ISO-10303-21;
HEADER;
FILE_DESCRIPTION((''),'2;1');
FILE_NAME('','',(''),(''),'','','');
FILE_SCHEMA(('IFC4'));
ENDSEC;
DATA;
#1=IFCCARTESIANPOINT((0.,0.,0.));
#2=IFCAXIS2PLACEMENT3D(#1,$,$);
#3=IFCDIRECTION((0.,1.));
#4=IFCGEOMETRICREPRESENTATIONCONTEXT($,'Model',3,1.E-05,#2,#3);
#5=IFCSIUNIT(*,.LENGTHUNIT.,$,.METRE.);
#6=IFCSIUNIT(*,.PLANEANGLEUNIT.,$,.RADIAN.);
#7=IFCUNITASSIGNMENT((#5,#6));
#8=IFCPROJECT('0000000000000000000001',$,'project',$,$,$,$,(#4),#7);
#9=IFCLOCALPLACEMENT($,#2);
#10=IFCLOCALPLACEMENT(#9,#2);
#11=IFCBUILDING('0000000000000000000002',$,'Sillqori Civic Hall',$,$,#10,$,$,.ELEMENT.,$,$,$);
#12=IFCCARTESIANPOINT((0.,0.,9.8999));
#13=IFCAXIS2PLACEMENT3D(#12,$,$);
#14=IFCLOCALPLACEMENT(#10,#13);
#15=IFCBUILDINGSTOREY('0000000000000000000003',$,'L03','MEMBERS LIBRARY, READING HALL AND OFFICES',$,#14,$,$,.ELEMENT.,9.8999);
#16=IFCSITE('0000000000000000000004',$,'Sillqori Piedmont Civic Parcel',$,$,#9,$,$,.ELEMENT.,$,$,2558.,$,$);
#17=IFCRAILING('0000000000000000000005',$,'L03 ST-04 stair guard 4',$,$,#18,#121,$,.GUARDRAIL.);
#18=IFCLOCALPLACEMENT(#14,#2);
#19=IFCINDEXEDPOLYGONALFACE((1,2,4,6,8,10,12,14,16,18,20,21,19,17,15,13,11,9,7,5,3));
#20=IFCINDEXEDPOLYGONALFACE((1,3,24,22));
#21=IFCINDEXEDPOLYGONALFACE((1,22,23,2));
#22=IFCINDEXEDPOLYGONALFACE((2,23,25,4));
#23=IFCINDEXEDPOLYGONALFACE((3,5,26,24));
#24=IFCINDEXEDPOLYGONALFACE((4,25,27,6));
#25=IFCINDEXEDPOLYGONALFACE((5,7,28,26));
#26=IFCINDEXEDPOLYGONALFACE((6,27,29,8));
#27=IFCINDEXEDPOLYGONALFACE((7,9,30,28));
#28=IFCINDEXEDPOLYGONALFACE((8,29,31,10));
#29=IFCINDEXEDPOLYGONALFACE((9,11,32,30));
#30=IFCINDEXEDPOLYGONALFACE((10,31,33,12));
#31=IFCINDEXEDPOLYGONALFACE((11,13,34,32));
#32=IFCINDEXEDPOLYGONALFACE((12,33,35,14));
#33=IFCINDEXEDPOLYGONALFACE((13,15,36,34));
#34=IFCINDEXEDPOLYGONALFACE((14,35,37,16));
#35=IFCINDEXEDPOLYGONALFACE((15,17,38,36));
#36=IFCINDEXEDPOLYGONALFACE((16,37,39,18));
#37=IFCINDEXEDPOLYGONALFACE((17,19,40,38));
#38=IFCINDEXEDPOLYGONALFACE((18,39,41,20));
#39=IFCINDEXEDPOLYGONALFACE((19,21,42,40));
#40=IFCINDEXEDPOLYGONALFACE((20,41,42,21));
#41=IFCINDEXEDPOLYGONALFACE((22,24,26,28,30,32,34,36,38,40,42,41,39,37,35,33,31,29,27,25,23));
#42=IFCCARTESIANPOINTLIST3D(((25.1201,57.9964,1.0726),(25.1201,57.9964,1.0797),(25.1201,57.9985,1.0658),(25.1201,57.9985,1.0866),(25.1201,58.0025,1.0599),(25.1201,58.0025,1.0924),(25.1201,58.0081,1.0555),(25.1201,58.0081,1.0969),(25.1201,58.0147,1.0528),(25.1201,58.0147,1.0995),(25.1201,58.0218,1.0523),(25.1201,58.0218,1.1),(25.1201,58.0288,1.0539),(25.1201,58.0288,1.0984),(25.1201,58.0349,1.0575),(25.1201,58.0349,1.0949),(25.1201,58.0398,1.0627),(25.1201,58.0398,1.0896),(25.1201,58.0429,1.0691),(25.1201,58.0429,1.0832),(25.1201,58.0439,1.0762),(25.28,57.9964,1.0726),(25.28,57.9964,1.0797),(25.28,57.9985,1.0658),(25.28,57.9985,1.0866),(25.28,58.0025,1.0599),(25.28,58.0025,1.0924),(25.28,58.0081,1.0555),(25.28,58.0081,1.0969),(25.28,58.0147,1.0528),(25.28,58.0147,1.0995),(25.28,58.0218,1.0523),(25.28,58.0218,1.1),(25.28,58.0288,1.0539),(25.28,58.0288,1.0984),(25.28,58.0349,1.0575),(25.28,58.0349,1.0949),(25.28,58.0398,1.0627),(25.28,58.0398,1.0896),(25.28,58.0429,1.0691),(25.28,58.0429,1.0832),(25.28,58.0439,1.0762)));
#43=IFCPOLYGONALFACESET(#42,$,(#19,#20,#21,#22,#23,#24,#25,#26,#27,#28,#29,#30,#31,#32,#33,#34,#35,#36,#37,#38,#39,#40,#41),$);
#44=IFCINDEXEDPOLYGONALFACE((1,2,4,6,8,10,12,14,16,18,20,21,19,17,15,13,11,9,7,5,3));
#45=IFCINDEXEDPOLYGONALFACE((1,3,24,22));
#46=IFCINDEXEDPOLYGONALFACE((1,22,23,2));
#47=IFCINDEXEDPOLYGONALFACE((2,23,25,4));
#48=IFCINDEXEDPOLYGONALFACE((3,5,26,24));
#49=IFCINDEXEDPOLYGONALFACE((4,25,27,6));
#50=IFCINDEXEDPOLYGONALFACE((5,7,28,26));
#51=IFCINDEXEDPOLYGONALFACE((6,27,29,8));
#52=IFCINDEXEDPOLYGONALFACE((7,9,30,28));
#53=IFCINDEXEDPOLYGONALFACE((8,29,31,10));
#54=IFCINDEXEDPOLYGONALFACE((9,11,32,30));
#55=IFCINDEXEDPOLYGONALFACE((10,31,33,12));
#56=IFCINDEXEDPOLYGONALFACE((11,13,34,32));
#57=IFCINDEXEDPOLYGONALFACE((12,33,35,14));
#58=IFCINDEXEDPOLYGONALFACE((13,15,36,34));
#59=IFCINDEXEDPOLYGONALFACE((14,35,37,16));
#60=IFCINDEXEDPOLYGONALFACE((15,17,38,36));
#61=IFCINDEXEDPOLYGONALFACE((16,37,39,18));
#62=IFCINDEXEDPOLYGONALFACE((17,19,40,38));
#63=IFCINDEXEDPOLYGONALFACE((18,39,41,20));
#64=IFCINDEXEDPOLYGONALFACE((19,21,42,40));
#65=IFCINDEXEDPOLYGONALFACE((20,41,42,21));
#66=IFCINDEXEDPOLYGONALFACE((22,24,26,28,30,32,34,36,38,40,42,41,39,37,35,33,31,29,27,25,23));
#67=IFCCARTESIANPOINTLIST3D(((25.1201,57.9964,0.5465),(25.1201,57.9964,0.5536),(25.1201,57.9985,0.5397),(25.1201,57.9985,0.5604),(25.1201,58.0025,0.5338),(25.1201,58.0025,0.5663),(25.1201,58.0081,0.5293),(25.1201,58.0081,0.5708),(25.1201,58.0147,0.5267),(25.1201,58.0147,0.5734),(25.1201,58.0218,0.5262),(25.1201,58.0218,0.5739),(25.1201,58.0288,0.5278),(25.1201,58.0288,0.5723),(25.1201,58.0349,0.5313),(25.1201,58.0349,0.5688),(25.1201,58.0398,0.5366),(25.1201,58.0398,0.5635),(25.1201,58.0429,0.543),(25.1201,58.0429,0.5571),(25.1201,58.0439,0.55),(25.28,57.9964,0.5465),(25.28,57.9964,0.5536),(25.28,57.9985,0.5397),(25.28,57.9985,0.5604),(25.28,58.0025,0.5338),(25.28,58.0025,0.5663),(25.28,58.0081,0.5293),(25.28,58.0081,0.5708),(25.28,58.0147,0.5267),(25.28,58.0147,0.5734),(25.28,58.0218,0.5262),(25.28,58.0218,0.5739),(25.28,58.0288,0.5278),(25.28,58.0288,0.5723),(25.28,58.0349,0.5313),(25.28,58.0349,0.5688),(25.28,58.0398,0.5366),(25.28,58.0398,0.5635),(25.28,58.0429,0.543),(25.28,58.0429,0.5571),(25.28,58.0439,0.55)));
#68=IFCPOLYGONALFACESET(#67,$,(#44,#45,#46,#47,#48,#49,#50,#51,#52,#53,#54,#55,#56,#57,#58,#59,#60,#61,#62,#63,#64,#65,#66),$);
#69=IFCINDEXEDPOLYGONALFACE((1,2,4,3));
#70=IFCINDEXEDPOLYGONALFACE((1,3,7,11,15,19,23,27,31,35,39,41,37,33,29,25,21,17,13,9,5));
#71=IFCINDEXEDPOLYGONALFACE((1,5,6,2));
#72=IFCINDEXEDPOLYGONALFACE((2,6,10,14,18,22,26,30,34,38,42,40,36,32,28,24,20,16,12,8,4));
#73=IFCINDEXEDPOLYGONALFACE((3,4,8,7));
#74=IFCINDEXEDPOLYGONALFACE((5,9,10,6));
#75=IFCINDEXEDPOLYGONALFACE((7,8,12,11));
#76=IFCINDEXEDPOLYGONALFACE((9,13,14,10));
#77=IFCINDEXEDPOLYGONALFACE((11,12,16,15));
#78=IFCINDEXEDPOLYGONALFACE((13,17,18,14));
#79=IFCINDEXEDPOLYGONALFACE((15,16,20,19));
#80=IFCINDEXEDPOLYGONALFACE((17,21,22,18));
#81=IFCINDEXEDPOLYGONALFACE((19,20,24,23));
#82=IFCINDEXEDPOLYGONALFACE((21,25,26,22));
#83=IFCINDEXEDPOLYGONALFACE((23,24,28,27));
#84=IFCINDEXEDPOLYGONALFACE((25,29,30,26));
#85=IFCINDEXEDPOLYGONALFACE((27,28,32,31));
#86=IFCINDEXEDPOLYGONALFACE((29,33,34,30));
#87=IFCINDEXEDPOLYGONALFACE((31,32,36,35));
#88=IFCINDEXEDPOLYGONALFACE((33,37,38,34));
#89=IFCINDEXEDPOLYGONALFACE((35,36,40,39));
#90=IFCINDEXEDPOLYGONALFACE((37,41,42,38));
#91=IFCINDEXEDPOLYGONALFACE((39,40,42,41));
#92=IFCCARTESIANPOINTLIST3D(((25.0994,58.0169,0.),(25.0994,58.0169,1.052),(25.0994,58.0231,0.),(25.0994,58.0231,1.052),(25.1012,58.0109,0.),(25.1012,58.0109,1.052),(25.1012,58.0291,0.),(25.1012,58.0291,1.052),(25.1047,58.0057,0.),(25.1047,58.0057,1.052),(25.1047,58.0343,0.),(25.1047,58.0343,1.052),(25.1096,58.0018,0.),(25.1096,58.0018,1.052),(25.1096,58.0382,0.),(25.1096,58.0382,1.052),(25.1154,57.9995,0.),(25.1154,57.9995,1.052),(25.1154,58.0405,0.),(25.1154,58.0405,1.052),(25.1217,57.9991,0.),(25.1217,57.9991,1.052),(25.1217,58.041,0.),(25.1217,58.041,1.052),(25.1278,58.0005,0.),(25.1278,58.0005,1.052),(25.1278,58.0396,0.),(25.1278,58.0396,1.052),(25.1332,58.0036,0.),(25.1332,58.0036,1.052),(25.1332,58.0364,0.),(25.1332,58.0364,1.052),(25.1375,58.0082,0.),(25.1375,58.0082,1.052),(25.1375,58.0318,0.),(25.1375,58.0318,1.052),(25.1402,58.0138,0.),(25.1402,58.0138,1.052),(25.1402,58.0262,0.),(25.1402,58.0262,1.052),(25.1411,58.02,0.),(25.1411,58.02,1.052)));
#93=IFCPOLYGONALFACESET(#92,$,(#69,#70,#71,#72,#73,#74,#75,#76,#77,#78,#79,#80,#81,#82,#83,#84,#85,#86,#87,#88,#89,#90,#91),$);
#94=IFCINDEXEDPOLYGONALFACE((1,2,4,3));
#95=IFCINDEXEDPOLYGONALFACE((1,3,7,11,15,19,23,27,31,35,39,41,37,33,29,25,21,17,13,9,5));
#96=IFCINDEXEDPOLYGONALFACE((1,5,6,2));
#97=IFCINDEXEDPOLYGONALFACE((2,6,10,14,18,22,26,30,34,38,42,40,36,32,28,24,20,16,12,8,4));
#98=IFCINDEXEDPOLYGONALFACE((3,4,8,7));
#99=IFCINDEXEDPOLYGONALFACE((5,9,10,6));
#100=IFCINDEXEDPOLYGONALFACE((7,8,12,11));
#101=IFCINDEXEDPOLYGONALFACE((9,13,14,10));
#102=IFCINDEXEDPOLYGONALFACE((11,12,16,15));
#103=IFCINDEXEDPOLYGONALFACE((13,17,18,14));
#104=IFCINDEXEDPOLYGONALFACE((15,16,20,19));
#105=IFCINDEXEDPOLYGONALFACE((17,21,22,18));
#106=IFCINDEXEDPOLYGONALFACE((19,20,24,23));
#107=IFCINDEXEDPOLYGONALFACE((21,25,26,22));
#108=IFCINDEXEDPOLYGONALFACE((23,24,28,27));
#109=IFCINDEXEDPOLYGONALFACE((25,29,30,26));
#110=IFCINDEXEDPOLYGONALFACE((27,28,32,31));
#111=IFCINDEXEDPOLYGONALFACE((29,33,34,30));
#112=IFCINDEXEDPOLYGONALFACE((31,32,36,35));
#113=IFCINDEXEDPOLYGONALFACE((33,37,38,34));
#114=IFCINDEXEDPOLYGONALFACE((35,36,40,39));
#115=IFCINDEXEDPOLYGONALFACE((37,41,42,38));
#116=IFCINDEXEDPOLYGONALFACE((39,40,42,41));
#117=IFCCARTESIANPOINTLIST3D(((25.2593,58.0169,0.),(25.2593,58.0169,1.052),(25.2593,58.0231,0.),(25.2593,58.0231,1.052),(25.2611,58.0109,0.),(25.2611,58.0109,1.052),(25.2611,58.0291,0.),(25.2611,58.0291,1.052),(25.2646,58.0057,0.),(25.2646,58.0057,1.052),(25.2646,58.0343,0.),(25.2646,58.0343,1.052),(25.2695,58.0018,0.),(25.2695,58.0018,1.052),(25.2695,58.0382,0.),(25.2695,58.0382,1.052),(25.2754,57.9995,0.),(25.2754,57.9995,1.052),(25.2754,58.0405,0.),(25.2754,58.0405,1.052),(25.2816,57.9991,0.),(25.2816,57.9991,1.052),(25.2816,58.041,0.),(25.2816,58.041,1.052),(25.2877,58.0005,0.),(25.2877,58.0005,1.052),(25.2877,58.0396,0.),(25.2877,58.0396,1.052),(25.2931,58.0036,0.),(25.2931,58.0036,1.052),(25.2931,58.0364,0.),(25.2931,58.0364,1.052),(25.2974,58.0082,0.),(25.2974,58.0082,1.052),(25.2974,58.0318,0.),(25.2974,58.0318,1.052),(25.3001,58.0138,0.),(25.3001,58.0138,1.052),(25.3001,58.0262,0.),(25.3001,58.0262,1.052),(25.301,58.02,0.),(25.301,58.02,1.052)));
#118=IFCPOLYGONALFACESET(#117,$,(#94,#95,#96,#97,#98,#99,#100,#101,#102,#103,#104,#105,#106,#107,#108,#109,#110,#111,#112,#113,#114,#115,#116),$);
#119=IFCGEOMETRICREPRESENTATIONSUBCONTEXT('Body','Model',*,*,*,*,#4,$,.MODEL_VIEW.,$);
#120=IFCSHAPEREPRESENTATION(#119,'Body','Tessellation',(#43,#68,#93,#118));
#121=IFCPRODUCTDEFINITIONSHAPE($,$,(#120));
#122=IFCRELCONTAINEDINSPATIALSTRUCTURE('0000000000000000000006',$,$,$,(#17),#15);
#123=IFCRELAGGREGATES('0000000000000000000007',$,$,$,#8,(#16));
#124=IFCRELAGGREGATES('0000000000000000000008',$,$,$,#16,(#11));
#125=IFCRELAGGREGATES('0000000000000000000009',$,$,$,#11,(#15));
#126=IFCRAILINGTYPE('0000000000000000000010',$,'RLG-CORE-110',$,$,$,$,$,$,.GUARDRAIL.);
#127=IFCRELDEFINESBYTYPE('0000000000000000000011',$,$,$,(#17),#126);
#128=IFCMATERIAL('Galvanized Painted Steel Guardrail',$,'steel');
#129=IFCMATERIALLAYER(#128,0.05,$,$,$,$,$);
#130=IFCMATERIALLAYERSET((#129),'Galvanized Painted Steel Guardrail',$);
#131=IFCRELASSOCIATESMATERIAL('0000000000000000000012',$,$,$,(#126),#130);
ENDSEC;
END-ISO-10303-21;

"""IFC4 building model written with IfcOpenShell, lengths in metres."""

from ifc_helpers import new_model, si_unit, direction, frame, origin, origin_2d, place, context, subcontext, project, spatial, circle, extrude, material, layer, layer_set, type_object, element, save


model = new_model("IFC4")

# Units and contexts
model_context = context("Model", 3, precision=1e-05, world=origin(), true_north=direction((0.0, 1.0)))
body_context = subcontext(model_context, "Body", "Model", "MODEL_VIEW")
ifc_project = project(units=[si_unit("LENGTHUNIT", "METRE"), si_unit("PLANEANGLEUNIT", "RADIAN")], contexts=[model_context])

# Site, building, storey
site_placement = place(None, origin())
site = spatial("IfcSite", under=ifc_project, at=site_placement, Name="Sillqori Piedmont Civic Parcel", CompositionType="ELEMENT", RefElevation=2558.0)
building_placement = place(site_placement, origin())
building = spatial("IfcBuilding", under=site, at=building_placement, Name="Sillqori Civic Hall", CompositionType="ELEMENT")
storey_placement = place(building_placement, frame((0.0, 0.0, 9.8999)))
storey = spatial("IfcBuildingStorey", under=building, at=storey_placement, Name="L03", Description="MEMBERS LIBRARY, READING HALL AND OFFICES", CompositionType="ELEMENT", Elevation=9.8999)

# Railing
ifc_material_1 = material(Name="Galvanized Painted Steel Guardrail", Category="steel")
ifc_layer_1 = layer(ifc_material_1, 0.05)
ifc_layer_set_1 = layer_set([ifc_layer_1], Name="Galvanized Painted Steel Guardrail")
railing_type_1 = type_object("IfcRailingType", Name="RLG-CORE-110", PredefinedType="GUARDRAIL", material=ifc_layer_set_1)
railing_1_placement = place(storey_placement, frame((25.1201, 58.02, 0.0)))
element("IfcRailing", 1, at=railing_1_placement, inside=storey, type_object=railing_type_1, Name="L03 ST-04 stair guard 4", PredefinedType="GUARDRAIL", context=body_context, shape_type="SweptSolid", body=[
    extrude(circle(Radius=0.0239, at=origin_2d()), frame((0.0, 0.0, 1.0762), z_axis=(1.0, 0.0, 0.0), x_axis=(0.0, 1.0, 0.0)), (0.0, 0.0, 1.0), 0.1599),
    extrude(circle(Radius=0.0239, at=origin_2d()), frame((0.0, 0.0, 0.55), z_axis=(1.0, 0.0, 0.0), x_axis=(0.0, 1.0, 0.0)), (0.0, 0.0, 1.0), 0.1599),
    extrude(circle(Radius=0.021, at=origin_2d()), origin(), (0.0, 0.0, 1.0), 1.052),
    extrude(circle(Radius=0.021, at=origin_2d()), frame((0.1599, 0.0, 0.0)), (0.0, 0.0, 1.0), 1.052),
])

save(model, "model.ifc")
